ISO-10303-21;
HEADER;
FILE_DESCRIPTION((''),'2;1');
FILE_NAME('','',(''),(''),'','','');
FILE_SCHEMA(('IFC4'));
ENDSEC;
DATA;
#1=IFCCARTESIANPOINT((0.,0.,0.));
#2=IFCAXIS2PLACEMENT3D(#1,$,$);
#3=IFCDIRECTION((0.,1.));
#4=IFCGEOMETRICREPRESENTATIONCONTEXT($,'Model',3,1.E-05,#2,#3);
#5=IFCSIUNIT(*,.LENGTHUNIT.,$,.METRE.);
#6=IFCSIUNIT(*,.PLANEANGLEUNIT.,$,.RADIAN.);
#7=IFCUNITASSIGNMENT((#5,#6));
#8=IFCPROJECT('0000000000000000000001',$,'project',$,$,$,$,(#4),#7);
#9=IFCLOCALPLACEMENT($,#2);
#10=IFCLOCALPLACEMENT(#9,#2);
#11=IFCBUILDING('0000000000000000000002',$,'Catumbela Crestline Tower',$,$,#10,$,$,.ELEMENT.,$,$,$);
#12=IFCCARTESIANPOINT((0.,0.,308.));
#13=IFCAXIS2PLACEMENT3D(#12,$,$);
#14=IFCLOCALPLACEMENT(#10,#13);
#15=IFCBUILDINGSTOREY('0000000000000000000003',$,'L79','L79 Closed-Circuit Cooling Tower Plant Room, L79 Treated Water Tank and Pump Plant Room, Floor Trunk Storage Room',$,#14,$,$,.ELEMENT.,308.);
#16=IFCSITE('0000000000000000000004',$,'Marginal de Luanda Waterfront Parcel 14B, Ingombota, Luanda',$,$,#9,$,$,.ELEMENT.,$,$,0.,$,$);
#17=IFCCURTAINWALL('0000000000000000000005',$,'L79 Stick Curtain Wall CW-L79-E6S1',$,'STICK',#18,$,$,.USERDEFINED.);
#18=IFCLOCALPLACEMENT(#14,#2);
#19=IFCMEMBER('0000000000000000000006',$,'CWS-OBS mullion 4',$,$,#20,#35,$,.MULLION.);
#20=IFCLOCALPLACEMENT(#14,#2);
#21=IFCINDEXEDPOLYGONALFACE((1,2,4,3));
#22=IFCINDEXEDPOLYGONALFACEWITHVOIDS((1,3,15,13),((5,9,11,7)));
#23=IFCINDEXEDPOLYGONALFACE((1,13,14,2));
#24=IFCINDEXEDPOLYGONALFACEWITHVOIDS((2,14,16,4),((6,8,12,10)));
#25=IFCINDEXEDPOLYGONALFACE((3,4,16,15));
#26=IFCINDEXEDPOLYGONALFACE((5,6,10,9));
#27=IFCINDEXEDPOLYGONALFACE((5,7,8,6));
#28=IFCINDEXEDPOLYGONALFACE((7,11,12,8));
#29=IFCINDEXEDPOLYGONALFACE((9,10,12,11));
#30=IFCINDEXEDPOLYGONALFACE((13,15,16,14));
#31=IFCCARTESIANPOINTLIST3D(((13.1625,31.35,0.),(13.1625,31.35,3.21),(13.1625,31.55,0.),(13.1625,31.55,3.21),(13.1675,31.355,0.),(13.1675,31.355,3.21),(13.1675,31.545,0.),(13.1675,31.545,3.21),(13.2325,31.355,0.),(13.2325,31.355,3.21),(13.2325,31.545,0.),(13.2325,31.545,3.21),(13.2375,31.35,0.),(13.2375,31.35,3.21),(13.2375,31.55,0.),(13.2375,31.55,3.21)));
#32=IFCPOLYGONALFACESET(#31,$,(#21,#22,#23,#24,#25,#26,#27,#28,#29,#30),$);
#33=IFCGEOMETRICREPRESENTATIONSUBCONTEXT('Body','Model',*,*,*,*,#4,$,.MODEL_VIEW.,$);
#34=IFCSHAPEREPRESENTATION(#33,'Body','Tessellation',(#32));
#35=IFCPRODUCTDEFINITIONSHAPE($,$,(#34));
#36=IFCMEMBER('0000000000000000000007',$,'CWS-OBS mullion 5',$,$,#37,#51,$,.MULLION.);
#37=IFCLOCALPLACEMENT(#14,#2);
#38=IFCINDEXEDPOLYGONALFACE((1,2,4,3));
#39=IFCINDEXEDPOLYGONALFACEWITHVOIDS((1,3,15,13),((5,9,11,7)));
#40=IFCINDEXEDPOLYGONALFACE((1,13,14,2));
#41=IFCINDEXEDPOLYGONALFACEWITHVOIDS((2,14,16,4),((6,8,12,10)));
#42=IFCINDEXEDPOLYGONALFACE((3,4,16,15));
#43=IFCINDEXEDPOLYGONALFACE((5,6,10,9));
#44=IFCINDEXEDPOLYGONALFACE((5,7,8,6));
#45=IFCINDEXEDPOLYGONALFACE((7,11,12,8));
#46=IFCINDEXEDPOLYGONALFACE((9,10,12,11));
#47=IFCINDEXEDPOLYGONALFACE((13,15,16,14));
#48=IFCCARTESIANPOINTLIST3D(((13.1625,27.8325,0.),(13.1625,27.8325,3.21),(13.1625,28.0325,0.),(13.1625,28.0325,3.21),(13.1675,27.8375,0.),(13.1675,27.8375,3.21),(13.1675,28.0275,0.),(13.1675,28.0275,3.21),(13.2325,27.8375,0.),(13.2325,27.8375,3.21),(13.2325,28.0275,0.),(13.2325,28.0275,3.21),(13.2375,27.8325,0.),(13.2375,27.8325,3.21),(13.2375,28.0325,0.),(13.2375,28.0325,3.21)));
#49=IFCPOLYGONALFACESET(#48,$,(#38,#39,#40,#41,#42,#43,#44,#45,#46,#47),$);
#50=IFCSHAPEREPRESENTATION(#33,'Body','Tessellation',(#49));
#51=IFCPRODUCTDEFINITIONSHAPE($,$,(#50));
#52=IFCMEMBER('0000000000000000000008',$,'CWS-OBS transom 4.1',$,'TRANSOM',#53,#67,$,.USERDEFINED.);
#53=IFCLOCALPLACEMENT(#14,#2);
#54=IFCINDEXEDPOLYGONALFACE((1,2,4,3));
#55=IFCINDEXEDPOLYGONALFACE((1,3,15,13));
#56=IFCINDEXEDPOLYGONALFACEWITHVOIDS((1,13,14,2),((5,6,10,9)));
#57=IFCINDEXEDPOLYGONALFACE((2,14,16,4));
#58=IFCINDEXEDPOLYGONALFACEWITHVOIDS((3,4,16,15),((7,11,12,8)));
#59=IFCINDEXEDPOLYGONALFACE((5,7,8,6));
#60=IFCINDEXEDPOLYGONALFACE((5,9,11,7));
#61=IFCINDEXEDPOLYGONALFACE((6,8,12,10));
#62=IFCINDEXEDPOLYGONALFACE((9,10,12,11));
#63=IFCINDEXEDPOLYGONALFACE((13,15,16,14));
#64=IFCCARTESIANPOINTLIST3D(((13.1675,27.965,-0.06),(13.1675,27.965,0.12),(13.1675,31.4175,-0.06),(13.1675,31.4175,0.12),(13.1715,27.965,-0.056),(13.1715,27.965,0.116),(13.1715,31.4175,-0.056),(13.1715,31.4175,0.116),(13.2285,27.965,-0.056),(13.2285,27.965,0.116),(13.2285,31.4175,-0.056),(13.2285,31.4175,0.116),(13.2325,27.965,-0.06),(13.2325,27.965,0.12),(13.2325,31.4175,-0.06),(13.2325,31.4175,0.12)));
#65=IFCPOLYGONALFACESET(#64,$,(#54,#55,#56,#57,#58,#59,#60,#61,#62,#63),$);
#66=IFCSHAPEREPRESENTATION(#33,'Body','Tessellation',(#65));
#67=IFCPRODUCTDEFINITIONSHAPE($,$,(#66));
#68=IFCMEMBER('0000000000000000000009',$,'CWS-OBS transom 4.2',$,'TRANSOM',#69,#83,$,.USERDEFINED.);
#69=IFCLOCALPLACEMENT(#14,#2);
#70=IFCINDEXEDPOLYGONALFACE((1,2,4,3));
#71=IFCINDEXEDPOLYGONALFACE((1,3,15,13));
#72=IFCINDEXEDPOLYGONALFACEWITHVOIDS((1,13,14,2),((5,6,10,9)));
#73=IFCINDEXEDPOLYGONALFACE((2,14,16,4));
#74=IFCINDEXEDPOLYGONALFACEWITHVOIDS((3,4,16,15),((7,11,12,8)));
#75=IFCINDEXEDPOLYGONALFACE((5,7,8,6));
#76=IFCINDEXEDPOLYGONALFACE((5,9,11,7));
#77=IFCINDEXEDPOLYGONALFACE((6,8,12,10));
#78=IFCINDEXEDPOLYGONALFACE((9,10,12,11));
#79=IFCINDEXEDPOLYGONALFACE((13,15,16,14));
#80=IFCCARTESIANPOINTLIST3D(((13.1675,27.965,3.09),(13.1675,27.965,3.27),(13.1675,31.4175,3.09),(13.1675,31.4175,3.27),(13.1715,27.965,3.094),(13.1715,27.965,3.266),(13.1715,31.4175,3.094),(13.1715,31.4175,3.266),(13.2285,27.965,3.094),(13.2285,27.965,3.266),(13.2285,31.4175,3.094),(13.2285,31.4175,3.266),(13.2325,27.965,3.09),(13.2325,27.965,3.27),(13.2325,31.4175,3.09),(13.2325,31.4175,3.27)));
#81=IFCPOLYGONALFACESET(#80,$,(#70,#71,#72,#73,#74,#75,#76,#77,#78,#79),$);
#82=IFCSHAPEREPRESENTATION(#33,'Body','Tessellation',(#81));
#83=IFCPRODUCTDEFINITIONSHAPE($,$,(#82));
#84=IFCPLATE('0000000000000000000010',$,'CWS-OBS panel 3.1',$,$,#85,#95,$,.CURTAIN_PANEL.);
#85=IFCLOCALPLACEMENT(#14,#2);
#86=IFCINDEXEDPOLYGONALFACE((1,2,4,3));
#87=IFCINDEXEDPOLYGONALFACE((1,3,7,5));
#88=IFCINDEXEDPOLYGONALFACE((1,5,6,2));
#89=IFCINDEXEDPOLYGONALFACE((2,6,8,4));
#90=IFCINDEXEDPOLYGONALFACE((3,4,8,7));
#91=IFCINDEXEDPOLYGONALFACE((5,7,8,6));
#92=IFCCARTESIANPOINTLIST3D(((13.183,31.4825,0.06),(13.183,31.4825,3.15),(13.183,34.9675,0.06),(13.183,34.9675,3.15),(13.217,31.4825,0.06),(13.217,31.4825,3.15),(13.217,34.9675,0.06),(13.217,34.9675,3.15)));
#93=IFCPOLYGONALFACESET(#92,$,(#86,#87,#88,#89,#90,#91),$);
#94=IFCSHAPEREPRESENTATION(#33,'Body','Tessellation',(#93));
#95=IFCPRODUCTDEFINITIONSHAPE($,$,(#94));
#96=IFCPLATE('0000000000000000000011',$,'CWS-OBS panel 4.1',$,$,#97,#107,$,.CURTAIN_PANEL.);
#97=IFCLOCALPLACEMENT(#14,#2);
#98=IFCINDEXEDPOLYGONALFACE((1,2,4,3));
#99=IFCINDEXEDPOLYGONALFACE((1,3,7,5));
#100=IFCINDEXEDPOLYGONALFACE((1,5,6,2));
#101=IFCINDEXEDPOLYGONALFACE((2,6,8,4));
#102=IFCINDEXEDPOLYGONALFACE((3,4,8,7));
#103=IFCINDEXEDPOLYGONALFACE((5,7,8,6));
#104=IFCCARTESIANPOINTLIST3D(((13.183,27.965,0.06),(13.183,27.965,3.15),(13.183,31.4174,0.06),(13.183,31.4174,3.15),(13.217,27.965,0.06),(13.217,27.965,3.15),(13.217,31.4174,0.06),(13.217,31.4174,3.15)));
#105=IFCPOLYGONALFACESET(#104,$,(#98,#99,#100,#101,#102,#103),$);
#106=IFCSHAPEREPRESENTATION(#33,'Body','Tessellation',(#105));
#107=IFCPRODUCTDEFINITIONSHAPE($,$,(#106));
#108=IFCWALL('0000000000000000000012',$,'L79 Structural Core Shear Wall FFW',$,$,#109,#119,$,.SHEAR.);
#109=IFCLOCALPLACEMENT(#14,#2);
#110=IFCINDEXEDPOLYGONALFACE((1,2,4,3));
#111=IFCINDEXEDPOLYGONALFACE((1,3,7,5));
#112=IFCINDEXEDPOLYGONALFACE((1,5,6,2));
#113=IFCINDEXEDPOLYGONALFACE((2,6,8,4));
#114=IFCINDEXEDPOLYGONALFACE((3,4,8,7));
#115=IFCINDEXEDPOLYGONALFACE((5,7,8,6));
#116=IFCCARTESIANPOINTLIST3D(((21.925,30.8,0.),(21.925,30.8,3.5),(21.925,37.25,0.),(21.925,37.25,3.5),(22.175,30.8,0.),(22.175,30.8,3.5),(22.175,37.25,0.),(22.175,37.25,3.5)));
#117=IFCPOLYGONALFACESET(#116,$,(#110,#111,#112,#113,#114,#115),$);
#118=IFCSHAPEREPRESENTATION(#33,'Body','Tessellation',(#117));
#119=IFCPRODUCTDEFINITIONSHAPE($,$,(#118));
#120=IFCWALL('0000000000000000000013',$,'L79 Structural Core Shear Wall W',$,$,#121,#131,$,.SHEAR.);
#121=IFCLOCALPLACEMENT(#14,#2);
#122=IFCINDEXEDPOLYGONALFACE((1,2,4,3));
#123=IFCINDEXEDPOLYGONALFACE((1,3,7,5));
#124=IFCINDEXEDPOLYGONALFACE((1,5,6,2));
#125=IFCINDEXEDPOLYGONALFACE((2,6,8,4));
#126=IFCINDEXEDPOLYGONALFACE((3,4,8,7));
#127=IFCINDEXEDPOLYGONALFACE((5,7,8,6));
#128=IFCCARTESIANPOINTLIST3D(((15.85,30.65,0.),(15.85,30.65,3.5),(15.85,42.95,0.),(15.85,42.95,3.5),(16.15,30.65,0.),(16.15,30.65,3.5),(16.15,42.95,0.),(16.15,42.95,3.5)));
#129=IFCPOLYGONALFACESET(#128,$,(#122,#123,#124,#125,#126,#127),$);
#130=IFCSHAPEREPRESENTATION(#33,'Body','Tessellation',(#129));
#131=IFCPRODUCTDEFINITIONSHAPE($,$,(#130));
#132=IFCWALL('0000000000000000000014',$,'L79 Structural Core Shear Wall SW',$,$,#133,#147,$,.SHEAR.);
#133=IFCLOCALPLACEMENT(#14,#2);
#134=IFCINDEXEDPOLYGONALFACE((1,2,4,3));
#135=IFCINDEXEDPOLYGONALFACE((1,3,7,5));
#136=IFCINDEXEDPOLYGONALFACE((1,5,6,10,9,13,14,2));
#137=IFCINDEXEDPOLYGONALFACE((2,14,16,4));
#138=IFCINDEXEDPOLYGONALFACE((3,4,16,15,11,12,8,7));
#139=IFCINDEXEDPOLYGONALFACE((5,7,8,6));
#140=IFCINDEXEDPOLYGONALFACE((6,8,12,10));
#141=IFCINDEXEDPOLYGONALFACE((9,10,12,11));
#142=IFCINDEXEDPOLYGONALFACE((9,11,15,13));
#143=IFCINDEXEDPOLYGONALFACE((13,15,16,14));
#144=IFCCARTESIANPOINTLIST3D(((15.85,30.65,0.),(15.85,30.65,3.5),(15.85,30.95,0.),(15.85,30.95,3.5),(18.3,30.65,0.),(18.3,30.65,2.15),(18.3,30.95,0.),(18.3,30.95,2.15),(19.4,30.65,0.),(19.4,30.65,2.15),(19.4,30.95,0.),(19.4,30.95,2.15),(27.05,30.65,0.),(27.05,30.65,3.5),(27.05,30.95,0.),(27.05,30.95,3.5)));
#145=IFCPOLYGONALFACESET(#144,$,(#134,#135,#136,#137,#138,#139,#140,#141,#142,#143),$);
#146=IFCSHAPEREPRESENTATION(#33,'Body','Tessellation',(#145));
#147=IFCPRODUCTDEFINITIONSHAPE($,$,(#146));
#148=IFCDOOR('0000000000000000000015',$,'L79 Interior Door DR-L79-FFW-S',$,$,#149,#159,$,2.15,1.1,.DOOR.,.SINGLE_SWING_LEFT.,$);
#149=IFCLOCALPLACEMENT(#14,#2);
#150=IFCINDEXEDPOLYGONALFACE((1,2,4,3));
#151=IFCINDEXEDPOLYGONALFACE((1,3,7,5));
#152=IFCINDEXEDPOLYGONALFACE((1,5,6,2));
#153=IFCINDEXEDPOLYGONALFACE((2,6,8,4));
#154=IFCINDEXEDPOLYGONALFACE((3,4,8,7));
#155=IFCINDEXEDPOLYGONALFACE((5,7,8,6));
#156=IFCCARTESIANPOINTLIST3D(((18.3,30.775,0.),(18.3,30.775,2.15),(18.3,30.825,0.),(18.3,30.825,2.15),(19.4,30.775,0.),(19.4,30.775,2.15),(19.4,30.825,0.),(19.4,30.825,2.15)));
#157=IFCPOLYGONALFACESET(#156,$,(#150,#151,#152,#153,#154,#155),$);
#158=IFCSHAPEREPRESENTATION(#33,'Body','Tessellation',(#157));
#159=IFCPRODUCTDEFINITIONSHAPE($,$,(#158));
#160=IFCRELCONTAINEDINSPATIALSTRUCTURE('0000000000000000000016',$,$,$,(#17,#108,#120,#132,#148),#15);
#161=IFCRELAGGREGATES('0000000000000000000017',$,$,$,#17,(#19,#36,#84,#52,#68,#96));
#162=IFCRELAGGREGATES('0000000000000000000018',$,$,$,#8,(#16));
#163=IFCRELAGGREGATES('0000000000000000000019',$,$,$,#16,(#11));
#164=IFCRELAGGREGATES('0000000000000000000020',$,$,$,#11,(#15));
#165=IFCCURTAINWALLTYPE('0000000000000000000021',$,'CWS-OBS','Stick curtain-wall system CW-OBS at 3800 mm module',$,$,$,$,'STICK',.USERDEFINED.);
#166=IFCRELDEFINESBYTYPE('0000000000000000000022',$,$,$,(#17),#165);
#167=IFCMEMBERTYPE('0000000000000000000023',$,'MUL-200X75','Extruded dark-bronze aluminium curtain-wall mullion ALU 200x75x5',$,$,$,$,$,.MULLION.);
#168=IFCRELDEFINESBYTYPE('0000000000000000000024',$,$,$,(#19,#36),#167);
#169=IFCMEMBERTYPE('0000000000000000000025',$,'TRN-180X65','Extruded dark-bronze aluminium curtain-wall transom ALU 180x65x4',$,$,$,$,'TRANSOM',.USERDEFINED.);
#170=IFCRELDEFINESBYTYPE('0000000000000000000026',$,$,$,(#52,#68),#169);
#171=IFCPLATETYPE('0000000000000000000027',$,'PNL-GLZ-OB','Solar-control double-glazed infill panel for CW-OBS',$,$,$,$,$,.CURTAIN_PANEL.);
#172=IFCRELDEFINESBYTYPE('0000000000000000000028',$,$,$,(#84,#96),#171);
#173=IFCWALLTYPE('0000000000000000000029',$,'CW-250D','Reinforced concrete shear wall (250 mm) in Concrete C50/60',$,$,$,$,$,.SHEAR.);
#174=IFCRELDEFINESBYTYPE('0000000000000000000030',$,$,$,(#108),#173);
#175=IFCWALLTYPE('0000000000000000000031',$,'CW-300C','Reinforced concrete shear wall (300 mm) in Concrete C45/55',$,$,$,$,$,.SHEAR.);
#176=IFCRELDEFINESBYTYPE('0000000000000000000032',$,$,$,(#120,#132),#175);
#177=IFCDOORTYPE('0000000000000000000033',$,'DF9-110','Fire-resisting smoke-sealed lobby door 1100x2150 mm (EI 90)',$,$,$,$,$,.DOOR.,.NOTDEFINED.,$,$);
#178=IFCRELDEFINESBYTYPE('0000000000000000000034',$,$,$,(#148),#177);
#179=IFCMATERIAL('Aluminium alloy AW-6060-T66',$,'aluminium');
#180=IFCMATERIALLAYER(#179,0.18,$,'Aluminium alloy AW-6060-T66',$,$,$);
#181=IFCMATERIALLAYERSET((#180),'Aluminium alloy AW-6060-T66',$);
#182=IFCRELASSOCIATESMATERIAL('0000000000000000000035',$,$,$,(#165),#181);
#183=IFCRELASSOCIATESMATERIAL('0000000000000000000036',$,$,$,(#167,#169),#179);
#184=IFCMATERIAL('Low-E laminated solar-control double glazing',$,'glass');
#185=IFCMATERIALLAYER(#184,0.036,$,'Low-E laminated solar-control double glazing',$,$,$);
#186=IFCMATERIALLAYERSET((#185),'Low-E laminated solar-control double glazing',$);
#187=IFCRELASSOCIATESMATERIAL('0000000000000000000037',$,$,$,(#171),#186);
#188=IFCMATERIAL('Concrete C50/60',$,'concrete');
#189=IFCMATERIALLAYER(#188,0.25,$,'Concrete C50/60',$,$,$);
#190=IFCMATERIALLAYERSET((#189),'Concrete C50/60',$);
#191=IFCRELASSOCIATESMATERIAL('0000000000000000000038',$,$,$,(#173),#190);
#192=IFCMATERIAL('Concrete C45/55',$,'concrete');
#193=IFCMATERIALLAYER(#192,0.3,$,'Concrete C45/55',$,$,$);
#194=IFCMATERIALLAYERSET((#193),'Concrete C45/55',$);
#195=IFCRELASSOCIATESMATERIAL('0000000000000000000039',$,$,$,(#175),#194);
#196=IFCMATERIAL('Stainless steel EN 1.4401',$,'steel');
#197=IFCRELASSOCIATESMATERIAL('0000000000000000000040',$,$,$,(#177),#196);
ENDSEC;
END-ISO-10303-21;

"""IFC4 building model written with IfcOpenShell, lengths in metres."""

from ifc_helpers import new_model, si_unit, direction, frame, frame_2d, origin, origin_2d, place, context, subcontext, project, spatial, rectangle, hollow_rectangle, extrude, material, layer, layer_set, material_profile, profile_set, type_object, element, fill, aggregate, save


model = new_model("IFC4")

# Units and contexts
model_context = context("Model", 3, precision=1e-05, world=origin(), true_north=direction((0.0, 1.0)))
body_context = subcontext(model_context, "Body", "Model", "MODEL_VIEW")
ifc_project = project(units=[si_unit("LENGTHUNIT", "METRE"), si_unit("PLANEANGLEUNIT", "RADIAN")], contexts=[model_context])

# Site, building, storey
site_placement = place(None, origin())
site = spatial("IfcSite", under=ifc_project, at=site_placement, Name="Marginal de Luanda Waterfront Parcel 14B, Ingombota, Luanda", CompositionType="ELEMENT", RefElevation=0.0)
building_placement = place(site_placement, origin())
building = spatial("IfcBuilding", under=site, at=building_placement, Name="Catumbela Crestline Tower", CompositionType="ELEMENT")
storey_placement = place(building_placement, frame((0.0, 0.0, 308.0)))
storey = spatial("IfcBuildingStorey", under=building, at=storey_placement, Name="L79", Description="L79 Closed-Circuit Cooling Tower Plant Room, L79 Treated Water Tank and Pump Plant Room, Floor Trunk Storage Room", CompositionType="ELEMENT", Elevation=308.0)

# Curtain wall, members, plates
ifc_material_1 = material(Name="Aluminium alloy AW-6060-T66", Category="aluminium")
ifc_layer_1 = layer(ifc_material_1, 0.18, Name="Aluminium alloy AW-6060-T66")
ifc_layer_set_1 = layer_set([ifc_layer_1], Name="Aluminium alloy AW-6060-T66")
curtain_wall_type = type_object("IfcCurtainWallType", Name="CWS-OBS", Description="Stick curtain-wall system CW-OBS at 3800 mm module", ElementType="STICK", PredefinedType="USERDEFINED", material=ifc_layer_set_1)
curtain_wall_placement = place(storey_placement, origin())
curtain_wall = element("IfcCurtainWall", 1, at=curtain_wall_placement, inside=storey, type_object=curtain_wall_type, Name="L79 Stick Curtain Wall CW-L79-E6S1", ObjectType="STICK", PredefinedType="USERDEFINED")
ifc_material_profile_1 = material_profile(ifc_material_1, hollow_rectangle(XDim=0.075, YDim=0.2, WallThickness=0.005, at=origin_2d()), Name="ALU 200x75x5")
ifc_profile_set_1 = profile_set([ifc_material_profile_1], Name="Aluminium alloy AW-6060-T66")
member_type_1 = type_object("IfcMemberType", Name="MUL-200X75", Description="Extruded dark-bronze aluminium curtain-wall mullion ALU 200x75x5", PredefinedType="MULLION", material=ifc_profile_set_1)
member_1_placement = place(storey_placement, frame((13.2, 31.45, 0.0), z_axis=(0.0, 0.0, 1.0), x_axis=(1.0, 0.0, 0.0)))
member_1 = element("IfcMember", 2, at=member_1_placement, type_object=member_type_1, Name="CWS-OBS mullion 4", PredefinedType="MULLION", context=body_context, shape_type="SweptSolid", body=[
    extrude(hollow_rectangle(XDim=0.075, YDim=0.2, WallThickness=0.005, at=origin_2d()), origin(), (0.0, 0.0, 1.0), 3.21),
])
member_2_placement = place(storey_placement, frame((13.2, 27.9325, 0.0), z_axis=(0.0, 0.0, 1.0), x_axis=(1.0, 0.0, 0.0)))
member_2 = element("IfcMember", 3, at=member_2_placement, type_object=member_type_1, Name="CWS-OBS mullion 5", PredefinedType="MULLION", context=body_context, shape_type="SweptSolid", body=[
    extrude(hollow_rectangle(XDim=0.075, YDim=0.2, WallThickness=0.005, at=origin_2d()), origin(), (0.0, 0.0, 1.0), 3.21),
])
ifc_material_profile_2 = material_profile(ifc_material_1, hollow_rectangle(XDim=0.065, YDim=0.18, WallThickness=0.004, at=origin_2d()), Name="ALU 180x65x4")
ifc_profile_set_2 = profile_set([ifc_material_profile_2], Name="Aluminium alloy AW-6060-T66")
member_type_2 = type_object("IfcMemberType", Name="TRN-180X65", Description="Extruded dark-bronze aluminium curtain-wall transom ALU 180x65x4", ElementType="TRANSOM", PredefinedType="USERDEFINED", material=ifc_profile_set_2)
member_3_placement = place(storey_placement, frame((13.2, 31.4175, 0.03), z_axis=(0.0, -1.0, 0.0), x_axis=(1.0, 0.0, 0.0)))
member_3 = element("IfcMember", 4, at=member_3_placement, type_object=member_type_2, Name="CWS-OBS transom 4.1", ObjectType="TRANSOM", PredefinedType="USERDEFINED", context=body_context, shape_type="SweptSolid", body=[
    extrude(hollow_rectangle(XDim=0.065, YDim=0.18, WallThickness=0.004, at=origin_2d()), origin(), (0.0, 0.0, 1.0), 3.4525),
])
member_4_placement = place(storey_placement, frame((13.2, 31.4175, 3.18), z_axis=(0.0, -1.0, 0.0), x_axis=(1.0, 0.0, 0.0)))
member_4 = element("IfcMember", 5, at=member_4_placement, type_object=member_type_2, Name="CWS-OBS transom 4.2", ObjectType="TRANSOM", PredefinedType="USERDEFINED", context=body_context, shape_type="SweptSolid", body=[
    extrude(hollow_rectangle(XDim=0.065, YDim=0.18, WallThickness=0.004, at=origin_2d()), origin(), (0.0, 0.0, 1.0), 3.4525),
])
ifc_material_2 = material(Name="Low-E laminated solar-control double glazing", Category="glass")
ifc_layer_2 = layer(ifc_material_2, 0.036, Name="Low-E laminated solar-control double glazing")
ifc_layer_set_2 = layer_set([ifc_layer_2], Name="Low-E laminated solar-control double glazing")
plate_type = type_object("IfcPlateType", Name="PNL-GLZ-OB", Description="Solar-control double-glazed infill panel for CW-OBS", PredefinedType="CURTAIN_PANEL", material=ifc_layer_set_2)
plate_1_placement = place(storey_placement, frame((13.2, 33.225, 0.06), z_axis=(0.0, 0.0, 1.0), x_axis=(0.0, -1.0, 0.0)))
plate_1 = element("IfcPlate", 6, at=plate_1_placement, type_object=plate_type, Name="CWS-OBS panel 3.1", PredefinedType="CURTAIN_PANEL", context=body_context, shape_type="SweptSolid", body=[
    extrude(rectangle(XDim=3.485, YDim=0.034, at=origin_2d()), origin(), (0.0, 0.0, 1.0), 3.09),
])
plate_2_placement = place(storey_placement, frame((13.2, 29.6912, 0.06), z_axis=(0.0, 0.0, 1.0), x_axis=(0.0, -1.0, 0.0)))
plate_2 = element("IfcPlate", 7, at=plate_2_placement, type_object=plate_type, Name="CWS-OBS panel 4.1", PredefinedType="CURTAIN_PANEL", context=body_context, shape_type="SweptSolid", body=[
    extrude(rectangle(XDim=3.4525, YDim=0.034, at=origin_2d()), origin(), (0.0, 0.0, 1.0), 3.09),
])
aggregate(curtain_wall, [member_1, member_2, plate_1, member_3, member_4, plate_2])

# Walls
ifc_material_3 = material(Name="Concrete C50/60", Category="concrete")
ifc_layer_3 = layer(ifc_material_3, 0.25, Name="Concrete C50/60")
ifc_layer_set_3 = layer_set([ifc_layer_3], Name="Concrete C50/60")
wall_type_1 = type_object("IfcWallType", Name="CW-250D", Description="Reinforced concrete shear wall (250 mm) in Concrete C50/60", PredefinedType="SHEAR", material=ifc_layer_set_3)
wall_1_placement = place(storey_placement, frame((22.05, 30.8, 0.0), z_axis=(0.0, 0.0, 1.0), x_axis=(0.0, 1.0, 0.0)))
element("IfcWall", 8, at=wall_1_placement, inside=storey, type_object=wall_type_1, Name="L79 Structural Core Shear Wall FFW", PredefinedType="SHEAR", context=body_context, shape_type="SweptSolid", body=[
    extrude(rectangle(XDim=6.45, YDim=0.25, at=frame_2d((3.225, 0.0))), origin(), (0.0, 0.0, 1.0), 3.5),
])
ifc_material_4 = material(Name="Concrete C45/55", Category="concrete")
ifc_layer_4 = layer(ifc_material_4, 0.3, Name="Concrete C45/55")
ifc_layer_set_4 = layer_set([ifc_layer_4], Name="Concrete C45/55")
wall_type_2 = type_object("IfcWallType", Name="CW-300C", Description="Reinforced concrete shear wall (300 mm) in Concrete C45/55", PredefinedType="SHEAR", material=ifc_layer_set_4)
wall_2_placement = place(storey_placement, frame((16.0, 30.65, 0.0), z_axis=(0.0, 0.0, 1.0), x_axis=(0.0, 1.0, 0.0)))
element("IfcWall", 9, at=wall_2_placement, inside=storey, type_object=wall_type_2, Name="L79 Structural Core Shear Wall W", PredefinedType="SHEAR", context=body_context, shape_type="SweptSolid", body=[
    extrude(rectangle(XDim=12.3, YDim=0.3, at=frame_2d((6.15, 0.0))), origin(), (0.0, 0.0, 1.0), 3.5),
])

# Wall, opening, door
wall_3_placement = place(storey_placement, frame((15.85, 30.8, 0.0), z_axis=(0.0, 0.0, 1.0), x_axis=(1.0, 0.0, 0.0)))
wall_3 = element("IfcWall", 10, at=wall_3_placement, inside=storey, type_object=wall_type_2, Name="L79 Structural Core Shear Wall SW", PredefinedType="SHEAR", context=body_context, shape_type="SweptSolid", body=[
    extrude(rectangle(XDim=11.2, YDim=0.3, at=frame_2d((5.6, 0.0))), origin(), (0.0, 0.0, 1.0), 3.5),
])
opening_1_placement = place(wall_3_placement, frame((2.45, 0.0, 0.0)))
opening_1 = element("IfcOpeningElement", 11, at=opening_1_placement, cuts=wall_3, PredefinedType="OPENING", context=body_context, shape_type="SweptSolid", body=[
    extrude(rectangle(XDim=1.1, YDim=2.15, at=frame_2d((0.55, 1.075))), frame((0.0, 0.16, 0.0), z_axis=(0.0, -1.0, 0.0), x_axis=(1.0, 0.0, 0.0)), (0.0, 0.0, 1.0), 0.32),
])
ifc_material_5 = material(Name="Stainless steel EN 1.4401", Category="steel")
door_type_1 = type_object("IfcDoorType", Name="DF9-110", Description="Fire-resisting smoke-sealed lobby door 1100x2150 mm (EI 90)", OperationType="NOTDEFINED", PredefinedType="DOOR", material=ifc_material_5)
door_1_placement = place(opening_1_placement, origin())
door_1 = element("IfcDoor", 12, at=door_1_placement, inside=storey, type_object=door_type_1, Name="L79 Interior Door DR-L79-FFW-S", OperationType="SINGLE_SWING_LEFT", OverallHeight=2.15, OverallWidth=1.1, PredefinedType="DOOR", context=body_context, shape_type="SweptSolid", body=[
    extrude(rectangle(XDim=1.1, YDim=2.15, at=frame_2d((0.55, 1.075))), frame((0.0, 0.025, 0.0), z_axis=(0.0, -1.0, 0.0), x_axis=(1.0, 0.0, 0.0)), (0.0, 0.0, 1.0), 0.05),
])
fill(opening_1, door_1)

save(model, "model.ifc")
